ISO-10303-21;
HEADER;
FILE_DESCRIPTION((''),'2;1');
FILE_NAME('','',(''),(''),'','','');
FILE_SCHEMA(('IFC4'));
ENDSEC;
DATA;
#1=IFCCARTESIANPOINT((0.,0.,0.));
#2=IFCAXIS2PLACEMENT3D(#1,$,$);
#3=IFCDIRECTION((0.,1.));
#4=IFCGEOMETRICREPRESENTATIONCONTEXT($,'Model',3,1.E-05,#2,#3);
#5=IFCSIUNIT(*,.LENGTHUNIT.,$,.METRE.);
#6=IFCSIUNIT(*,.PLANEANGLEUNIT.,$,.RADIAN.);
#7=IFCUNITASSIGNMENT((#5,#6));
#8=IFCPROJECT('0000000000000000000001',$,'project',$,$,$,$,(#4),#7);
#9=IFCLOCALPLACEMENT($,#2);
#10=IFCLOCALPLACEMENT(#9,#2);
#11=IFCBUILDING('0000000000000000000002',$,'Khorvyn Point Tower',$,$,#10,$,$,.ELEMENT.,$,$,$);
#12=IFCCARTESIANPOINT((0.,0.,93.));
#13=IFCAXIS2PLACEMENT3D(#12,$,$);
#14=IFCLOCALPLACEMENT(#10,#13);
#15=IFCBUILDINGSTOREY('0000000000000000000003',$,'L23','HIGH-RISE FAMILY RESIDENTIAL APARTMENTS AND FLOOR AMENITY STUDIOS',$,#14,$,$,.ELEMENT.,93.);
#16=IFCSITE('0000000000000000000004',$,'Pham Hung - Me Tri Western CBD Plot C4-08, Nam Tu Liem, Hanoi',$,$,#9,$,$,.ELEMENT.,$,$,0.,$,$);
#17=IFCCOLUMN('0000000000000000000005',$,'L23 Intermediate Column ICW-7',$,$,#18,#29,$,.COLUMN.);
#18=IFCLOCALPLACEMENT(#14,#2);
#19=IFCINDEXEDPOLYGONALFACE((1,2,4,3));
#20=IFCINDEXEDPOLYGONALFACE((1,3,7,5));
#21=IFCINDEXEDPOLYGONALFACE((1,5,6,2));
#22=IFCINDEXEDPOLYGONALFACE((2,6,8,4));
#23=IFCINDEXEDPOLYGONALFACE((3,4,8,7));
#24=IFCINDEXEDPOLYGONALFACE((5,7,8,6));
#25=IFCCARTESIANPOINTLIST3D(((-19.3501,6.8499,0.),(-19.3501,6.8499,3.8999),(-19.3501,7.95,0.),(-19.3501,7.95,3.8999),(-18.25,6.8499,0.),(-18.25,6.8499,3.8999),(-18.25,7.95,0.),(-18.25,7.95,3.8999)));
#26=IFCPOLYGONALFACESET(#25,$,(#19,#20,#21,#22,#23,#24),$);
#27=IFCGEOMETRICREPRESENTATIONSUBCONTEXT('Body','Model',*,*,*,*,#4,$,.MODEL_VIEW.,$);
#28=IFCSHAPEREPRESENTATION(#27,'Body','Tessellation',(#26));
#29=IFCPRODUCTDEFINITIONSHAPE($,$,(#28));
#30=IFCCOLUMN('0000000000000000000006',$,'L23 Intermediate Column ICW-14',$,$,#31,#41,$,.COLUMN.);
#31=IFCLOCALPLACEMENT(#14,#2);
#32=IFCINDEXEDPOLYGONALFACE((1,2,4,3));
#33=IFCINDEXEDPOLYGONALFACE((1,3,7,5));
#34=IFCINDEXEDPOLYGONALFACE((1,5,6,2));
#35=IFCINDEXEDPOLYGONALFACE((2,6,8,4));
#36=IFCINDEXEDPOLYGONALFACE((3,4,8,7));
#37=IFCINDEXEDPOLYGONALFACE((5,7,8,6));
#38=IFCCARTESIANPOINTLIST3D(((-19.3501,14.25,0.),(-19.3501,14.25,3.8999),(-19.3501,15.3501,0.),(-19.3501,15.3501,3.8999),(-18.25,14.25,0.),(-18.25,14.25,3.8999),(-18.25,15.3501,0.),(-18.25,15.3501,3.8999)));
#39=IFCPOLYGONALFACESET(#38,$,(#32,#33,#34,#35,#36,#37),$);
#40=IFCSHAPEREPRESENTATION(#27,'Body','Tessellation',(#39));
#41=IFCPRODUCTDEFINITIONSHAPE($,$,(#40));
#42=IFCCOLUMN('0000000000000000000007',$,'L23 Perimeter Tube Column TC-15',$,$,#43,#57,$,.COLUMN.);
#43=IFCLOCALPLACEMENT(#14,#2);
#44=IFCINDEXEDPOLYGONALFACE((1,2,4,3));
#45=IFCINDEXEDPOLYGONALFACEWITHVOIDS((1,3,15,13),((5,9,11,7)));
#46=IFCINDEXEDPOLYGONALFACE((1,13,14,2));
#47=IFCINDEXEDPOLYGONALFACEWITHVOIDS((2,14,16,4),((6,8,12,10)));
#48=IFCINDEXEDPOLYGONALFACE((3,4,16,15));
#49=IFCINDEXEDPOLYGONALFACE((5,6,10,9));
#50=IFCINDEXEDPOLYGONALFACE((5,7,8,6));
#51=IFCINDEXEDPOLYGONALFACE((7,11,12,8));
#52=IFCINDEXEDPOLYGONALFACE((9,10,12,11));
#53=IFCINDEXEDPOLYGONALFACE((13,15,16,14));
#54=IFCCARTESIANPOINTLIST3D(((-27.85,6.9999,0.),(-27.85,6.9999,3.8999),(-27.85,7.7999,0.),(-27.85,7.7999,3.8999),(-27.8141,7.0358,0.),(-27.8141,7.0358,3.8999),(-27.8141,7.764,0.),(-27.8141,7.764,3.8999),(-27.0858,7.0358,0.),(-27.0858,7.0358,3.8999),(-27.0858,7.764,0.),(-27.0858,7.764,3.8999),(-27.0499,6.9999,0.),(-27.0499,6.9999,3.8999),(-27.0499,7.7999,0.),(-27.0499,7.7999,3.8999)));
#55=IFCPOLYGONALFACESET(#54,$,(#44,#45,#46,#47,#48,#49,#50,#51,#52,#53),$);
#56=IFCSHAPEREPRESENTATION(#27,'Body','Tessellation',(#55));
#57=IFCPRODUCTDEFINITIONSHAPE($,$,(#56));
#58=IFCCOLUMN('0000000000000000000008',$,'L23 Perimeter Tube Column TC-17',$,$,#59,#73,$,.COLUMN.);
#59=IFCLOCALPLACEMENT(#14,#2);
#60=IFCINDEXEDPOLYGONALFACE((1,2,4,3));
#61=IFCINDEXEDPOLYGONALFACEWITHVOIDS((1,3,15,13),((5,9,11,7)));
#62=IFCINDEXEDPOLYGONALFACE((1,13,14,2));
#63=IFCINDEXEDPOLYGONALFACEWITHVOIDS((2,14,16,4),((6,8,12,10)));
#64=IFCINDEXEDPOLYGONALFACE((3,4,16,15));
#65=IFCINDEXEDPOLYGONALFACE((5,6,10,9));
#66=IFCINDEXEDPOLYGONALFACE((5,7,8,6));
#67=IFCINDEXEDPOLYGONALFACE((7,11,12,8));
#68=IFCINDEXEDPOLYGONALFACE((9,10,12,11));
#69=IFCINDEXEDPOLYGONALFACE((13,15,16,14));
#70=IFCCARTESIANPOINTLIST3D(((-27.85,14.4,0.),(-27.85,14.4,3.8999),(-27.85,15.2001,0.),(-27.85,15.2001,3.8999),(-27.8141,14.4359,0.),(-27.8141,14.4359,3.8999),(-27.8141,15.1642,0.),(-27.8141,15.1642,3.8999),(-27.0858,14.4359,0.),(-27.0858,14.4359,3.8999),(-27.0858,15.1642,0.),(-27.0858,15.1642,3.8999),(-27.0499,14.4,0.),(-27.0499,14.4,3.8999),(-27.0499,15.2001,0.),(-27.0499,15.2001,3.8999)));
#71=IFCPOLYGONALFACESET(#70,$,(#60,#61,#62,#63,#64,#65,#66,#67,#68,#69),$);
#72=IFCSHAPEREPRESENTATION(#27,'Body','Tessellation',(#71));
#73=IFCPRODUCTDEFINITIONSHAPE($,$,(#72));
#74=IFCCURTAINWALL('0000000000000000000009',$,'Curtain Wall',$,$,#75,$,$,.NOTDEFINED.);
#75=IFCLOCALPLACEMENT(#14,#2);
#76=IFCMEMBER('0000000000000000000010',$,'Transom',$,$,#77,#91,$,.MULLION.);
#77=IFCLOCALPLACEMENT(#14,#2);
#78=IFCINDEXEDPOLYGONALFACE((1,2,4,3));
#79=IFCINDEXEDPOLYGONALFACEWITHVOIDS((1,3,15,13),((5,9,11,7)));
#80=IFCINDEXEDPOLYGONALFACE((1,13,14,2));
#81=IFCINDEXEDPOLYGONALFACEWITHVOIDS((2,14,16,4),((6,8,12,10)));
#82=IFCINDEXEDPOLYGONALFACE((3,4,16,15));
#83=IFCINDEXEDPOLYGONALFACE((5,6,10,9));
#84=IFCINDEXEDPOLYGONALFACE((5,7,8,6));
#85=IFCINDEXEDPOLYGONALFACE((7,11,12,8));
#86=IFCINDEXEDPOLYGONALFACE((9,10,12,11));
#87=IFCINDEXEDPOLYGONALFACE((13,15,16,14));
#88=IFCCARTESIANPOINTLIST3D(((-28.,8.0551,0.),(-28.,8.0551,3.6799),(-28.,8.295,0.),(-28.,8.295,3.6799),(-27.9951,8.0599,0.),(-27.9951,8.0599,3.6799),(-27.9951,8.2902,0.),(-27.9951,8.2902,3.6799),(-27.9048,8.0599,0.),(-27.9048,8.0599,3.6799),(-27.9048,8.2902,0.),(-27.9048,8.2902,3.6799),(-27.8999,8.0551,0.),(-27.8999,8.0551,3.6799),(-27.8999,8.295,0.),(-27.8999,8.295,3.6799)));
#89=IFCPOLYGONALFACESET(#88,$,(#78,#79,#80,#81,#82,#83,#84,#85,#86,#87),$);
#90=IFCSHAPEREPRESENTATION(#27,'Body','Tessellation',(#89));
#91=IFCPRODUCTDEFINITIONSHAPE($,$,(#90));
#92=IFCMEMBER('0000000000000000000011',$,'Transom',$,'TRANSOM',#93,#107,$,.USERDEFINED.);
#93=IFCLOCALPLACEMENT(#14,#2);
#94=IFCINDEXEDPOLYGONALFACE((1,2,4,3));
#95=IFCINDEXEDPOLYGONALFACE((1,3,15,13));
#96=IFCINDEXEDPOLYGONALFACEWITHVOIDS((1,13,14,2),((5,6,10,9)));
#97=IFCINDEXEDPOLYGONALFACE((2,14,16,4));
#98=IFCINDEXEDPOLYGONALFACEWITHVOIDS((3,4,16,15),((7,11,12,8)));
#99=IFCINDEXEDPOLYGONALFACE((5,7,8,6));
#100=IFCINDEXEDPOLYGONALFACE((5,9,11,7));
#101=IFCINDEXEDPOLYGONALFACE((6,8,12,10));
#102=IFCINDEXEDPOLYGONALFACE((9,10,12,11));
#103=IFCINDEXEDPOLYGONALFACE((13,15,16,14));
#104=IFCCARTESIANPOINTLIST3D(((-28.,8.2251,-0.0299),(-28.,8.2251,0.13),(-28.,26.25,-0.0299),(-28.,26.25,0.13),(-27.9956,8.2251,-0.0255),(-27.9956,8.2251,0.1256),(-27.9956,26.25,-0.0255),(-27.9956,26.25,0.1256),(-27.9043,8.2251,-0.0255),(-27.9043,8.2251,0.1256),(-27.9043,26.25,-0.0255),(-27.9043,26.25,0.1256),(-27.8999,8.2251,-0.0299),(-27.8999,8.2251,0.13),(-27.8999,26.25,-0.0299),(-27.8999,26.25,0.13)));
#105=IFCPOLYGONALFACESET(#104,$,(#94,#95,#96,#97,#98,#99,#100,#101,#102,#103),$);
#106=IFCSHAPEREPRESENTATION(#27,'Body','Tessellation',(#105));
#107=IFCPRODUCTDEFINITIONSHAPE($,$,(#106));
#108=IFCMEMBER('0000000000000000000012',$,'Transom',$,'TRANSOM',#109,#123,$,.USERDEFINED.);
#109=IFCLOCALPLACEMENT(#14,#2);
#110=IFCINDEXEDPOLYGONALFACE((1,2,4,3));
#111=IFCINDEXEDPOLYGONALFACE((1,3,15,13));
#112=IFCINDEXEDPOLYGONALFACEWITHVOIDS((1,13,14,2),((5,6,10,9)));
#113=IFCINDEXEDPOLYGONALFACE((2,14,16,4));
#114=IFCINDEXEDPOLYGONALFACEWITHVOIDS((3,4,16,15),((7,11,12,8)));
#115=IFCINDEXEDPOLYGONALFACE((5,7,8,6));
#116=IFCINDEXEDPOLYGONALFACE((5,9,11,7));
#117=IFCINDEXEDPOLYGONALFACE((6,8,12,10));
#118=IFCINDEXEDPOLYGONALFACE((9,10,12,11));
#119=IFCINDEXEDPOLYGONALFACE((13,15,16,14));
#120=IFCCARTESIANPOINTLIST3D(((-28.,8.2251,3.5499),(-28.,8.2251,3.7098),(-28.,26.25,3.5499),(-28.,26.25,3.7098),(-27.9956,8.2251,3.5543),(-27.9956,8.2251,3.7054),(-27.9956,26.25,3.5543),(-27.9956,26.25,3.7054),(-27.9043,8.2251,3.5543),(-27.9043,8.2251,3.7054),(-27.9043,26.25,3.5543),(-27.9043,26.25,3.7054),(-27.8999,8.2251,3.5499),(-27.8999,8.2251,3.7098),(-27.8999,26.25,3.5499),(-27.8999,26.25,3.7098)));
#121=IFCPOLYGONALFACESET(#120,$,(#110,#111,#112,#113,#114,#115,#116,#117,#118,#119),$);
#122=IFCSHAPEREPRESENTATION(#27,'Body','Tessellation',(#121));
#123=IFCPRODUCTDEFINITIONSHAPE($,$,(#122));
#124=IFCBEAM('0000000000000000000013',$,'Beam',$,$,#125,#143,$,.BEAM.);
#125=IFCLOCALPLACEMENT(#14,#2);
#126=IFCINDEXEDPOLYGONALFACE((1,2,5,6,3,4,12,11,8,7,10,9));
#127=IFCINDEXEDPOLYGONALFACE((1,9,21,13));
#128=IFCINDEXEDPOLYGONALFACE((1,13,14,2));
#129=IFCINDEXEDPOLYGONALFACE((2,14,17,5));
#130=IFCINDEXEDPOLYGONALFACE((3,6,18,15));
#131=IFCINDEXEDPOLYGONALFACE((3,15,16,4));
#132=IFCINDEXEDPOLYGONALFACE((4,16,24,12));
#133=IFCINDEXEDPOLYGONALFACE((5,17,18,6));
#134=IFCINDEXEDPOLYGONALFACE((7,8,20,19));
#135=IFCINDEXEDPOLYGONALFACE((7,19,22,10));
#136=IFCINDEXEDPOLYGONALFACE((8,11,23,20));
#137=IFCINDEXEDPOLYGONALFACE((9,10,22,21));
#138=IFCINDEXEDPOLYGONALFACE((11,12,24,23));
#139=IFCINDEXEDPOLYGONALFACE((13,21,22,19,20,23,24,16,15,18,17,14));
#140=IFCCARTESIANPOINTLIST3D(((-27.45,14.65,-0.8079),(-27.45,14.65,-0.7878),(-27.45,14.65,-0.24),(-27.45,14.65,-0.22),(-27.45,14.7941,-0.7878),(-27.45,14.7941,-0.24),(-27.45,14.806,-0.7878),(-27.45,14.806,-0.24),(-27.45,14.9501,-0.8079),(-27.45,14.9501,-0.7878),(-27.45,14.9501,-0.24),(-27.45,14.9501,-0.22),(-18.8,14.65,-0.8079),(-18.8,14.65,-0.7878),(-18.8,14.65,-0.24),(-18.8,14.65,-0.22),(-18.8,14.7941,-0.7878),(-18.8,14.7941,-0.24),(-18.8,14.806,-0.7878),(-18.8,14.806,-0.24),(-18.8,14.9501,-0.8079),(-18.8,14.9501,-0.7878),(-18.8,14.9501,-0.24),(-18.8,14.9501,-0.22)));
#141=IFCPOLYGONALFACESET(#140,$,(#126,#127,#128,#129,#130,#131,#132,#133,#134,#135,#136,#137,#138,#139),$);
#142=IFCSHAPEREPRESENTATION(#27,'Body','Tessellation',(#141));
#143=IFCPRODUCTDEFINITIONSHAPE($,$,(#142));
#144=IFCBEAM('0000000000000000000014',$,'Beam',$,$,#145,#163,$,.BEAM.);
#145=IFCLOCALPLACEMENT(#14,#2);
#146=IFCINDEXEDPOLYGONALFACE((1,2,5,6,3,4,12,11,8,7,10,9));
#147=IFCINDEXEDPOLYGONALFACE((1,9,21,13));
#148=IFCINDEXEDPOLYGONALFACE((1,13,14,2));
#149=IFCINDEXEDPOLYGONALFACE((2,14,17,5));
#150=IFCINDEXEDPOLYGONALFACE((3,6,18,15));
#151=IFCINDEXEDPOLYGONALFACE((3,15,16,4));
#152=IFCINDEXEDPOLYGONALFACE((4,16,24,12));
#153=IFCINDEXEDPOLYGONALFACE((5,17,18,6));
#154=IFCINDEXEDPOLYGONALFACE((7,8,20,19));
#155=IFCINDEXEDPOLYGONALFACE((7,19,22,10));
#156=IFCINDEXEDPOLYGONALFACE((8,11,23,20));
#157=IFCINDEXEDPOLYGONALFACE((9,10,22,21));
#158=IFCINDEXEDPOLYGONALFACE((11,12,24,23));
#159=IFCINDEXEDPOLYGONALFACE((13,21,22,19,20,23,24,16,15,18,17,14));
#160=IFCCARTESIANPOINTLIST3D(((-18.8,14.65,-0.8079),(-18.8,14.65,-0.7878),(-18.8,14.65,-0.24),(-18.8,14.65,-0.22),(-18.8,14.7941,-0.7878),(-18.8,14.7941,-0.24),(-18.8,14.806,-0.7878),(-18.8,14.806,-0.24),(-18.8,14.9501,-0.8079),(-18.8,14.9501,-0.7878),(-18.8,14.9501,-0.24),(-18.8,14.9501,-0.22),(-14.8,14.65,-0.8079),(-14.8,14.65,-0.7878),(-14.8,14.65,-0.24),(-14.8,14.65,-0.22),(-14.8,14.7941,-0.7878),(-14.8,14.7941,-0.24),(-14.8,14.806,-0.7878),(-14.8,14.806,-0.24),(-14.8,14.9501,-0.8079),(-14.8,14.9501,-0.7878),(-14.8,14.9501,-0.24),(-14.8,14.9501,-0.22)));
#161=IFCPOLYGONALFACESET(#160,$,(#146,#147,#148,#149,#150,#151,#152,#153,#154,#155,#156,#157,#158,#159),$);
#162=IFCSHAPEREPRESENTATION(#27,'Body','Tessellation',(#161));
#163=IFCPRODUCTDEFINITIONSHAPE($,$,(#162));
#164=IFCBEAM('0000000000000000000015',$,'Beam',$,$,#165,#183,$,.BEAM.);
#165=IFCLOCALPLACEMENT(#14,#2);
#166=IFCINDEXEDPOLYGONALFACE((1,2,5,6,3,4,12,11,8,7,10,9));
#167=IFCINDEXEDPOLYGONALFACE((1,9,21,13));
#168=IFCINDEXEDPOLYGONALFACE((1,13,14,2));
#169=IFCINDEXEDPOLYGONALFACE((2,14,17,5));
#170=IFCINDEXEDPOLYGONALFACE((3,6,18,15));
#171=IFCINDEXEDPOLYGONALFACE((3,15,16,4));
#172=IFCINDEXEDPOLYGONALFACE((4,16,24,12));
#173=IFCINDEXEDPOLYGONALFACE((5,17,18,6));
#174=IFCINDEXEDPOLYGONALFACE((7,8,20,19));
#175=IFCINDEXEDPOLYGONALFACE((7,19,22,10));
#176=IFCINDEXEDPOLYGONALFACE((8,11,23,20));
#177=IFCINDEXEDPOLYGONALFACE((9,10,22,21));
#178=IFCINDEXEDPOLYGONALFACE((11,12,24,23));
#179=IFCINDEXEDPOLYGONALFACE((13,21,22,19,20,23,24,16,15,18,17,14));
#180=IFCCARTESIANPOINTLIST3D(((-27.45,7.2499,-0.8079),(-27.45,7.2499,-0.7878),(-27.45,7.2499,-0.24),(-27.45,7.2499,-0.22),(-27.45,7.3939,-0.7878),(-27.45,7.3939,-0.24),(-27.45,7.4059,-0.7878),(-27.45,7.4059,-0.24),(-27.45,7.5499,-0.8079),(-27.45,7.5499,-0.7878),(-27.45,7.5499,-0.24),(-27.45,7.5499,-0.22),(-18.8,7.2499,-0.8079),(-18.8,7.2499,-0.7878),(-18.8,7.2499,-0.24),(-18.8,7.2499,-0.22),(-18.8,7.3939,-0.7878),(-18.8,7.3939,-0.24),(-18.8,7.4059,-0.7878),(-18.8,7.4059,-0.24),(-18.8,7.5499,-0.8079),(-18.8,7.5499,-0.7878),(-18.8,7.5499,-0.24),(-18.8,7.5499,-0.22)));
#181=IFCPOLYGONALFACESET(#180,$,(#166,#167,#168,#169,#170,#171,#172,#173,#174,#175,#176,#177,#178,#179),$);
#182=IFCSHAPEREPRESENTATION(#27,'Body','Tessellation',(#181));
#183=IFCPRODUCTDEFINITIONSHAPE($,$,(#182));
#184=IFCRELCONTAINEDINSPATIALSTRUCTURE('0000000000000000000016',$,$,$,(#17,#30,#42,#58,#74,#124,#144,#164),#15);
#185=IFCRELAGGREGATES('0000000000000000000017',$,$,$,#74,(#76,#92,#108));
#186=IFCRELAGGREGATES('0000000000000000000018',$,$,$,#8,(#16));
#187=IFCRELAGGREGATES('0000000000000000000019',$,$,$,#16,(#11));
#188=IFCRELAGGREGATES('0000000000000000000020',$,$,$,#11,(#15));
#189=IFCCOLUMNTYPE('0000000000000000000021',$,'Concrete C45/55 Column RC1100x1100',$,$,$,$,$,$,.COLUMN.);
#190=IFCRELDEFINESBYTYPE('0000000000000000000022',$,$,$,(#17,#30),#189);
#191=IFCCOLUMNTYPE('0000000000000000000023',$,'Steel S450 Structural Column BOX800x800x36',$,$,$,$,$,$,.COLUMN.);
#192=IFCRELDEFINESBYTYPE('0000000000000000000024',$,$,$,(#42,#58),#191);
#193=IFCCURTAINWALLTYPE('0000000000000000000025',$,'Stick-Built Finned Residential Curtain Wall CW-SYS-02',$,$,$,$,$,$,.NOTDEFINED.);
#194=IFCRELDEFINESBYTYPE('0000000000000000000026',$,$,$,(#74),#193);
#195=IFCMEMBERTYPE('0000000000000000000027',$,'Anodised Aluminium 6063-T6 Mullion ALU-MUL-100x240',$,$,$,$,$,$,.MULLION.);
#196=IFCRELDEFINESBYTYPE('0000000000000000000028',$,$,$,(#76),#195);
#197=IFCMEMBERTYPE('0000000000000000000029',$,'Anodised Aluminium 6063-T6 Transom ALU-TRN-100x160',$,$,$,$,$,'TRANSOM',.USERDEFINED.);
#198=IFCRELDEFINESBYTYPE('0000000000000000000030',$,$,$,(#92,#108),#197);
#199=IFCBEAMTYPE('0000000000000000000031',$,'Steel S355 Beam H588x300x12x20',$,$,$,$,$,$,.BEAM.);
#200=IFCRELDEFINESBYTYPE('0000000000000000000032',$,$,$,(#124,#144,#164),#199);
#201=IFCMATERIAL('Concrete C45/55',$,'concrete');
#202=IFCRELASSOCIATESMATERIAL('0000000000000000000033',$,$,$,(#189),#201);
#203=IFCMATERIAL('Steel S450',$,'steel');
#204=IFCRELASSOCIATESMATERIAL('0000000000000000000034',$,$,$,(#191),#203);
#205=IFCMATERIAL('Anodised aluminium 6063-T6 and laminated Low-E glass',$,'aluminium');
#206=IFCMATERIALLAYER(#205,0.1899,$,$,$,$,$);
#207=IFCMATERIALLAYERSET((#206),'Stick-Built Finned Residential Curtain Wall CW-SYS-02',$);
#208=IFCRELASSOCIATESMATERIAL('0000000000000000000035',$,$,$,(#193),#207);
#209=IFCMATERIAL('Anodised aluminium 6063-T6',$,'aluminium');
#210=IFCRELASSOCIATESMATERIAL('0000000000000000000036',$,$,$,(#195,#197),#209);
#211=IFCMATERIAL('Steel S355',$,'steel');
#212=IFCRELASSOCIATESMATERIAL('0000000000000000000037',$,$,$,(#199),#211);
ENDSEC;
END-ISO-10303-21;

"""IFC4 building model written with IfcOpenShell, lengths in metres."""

from ifc_helpers import new_model, si_unit, direction, frame, origin, origin_2d, place, context, subcontext, project, spatial, rectangle, hollow_rectangle, i_section, extrude, material, layer, layer_set, material_profile, profile_set, type_object, element, aggregate, save


model = new_model("IFC4")

# Units and contexts
model_context = context("Model", 3, precision=1e-05, world=origin(), true_north=direction((0.0, 1.0)))
body_context = subcontext(model_context, "Body", "Model", "MODEL_VIEW")
ifc_project = project(units=[si_unit("LENGTHUNIT", "METRE"), si_unit("PLANEANGLEUNIT", "RADIAN")], contexts=[model_context])

# Site, building, storey
site_placement = place(None, origin())
site = spatial("IfcSite", under=ifc_project, at=site_placement, Name="Pham Hung - Me Tri Western CBD Plot C4-08, Nam Tu Liem, Hanoi", CompositionType="ELEMENT", RefElevation=0.0)
building_placement = place(site_placement, origin())
building = spatial("IfcBuilding", under=site, at=building_placement, Name="Khorvyn Point Tower", CompositionType="ELEMENT")
storey_placement = place(building_placement, frame((0.0, 0.0, 93.0)))
storey = spatial("IfcBuildingStorey", under=building, at=storey_placement, Name="L23", Description="HIGH-RISE FAMILY RESIDENTIAL APARTMENTS AND FLOOR AMENITY STUDIOS", CompositionType="ELEMENT", Elevation=93.0)

# Columns
ifc_material_1 = material(Name="Concrete C45/55", Category="concrete")
ifc_material_profile_1 = material_profile(ifc_material_1, rectangle(XDim=1.1001, YDim=1.1001, at=origin_2d()))
ifc_profile_set_1 = profile_set([ifc_material_profile_1], Name="Concrete C45/55 RC1100x1100")
column_type_1 = type_object("IfcColumnType", Name="Concrete C45/55 Column RC1100x1100", PredefinedType="COLUMN", material=ifc_profile_set_1)
for number, where, z_axis, x_axis, name in (
    (1, (-18.8, 7.3999, 0.0), (0.0, 0.0, 1.0), (1.0, 0.0, 0.0), "L23 Intermediate Column ICW-7"),
    (2, (-18.8, 14.8, 0.0), (0.0, 0.0, 1.0), (1.0, 0.0, 0.0), "L23 Intermediate Column ICW-14"),
):
    element("IfcColumn", number, at=place(storey_placement, frame(where, z_axis=z_axis, x_axis=x_axis)), inside=storey, type_object=column_type_1, Name=name, PredefinedType="COLUMN", context=body_context, shape_type="SweptSolid", body=[
        extrude(rectangle(XDim=1.1001, YDim=1.1001, at=origin_2d()), origin(), (0.0, 0.0, 1.0), 3.8999),
    ])
ifc_material_2 = material(Name="Steel S450", Category="steel")
ifc_material_profile_2 = material_profile(ifc_material_2, hollow_rectangle(XDim=0.8, YDim=0.8, WallThickness=0.0359, at=origin_2d()))
ifc_profile_set_2 = profile_set([ifc_material_profile_2], Name="Steel S450 BOX800x800x36")
column_type_2 = type_object("IfcColumnType", Name="Steel S450 Structural Column BOX800x800x36", PredefinedType="COLUMN", material=ifc_profile_set_2)
for number, where, z_axis, x_axis, name in (
    (3, (-27.45, 7.3999, 0.0), (0.0, 0.0, 1.0), (1.0, 0.0, 0.0), "L23 Perimeter Tube Column TC-15"),
    (4, (-27.45, 14.8, 0.0), (0.0, 0.0, 1.0), (1.0, 0.0, 0.0), "L23 Perimeter Tube Column TC-17"),
):
    element("IfcColumn", number, at=place(storey_placement, frame(where, z_axis=z_axis, x_axis=x_axis)), inside=storey, type_object=column_type_2, Name=name, PredefinedType="COLUMN", context=body_context, shape_type="SweptSolid", body=[
        extrude(hollow_rectangle(XDim=0.8, YDim=0.8, WallThickness=0.0359, at=origin_2d()), origin(), (0.0, 0.0, 1.0), 3.8999),
    ])

# Curtain wall, members
ifc_material_3 = material(Name="Anodised aluminium 6063-T6 and laminated Low-E glass", Category="aluminium")
ifc_layer_1 = layer(ifc_material_3, 0.1899)
ifc_layer_set_1 = layer_set([ifc_layer_1], Name="Stick-Built Finned Residential Curtain Wall CW-SYS-02")
curtain_wall_type = type_object("IfcCurtainWallType", Name="Stick-Built Finned Residential Curtain Wall CW-SYS-02", PredefinedType="NOTDEFINED", material=ifc_layer_set_1)
curtain_wall_placement = place(storey_placement, origin())
curtain_wall = element("IfcCurtainWall", 5, at=curtain_wall_placement, inside=storey, type_object=curtain_wall_type, Name="Curtain Wall", PredefinedType="NOTDEFINED")
ifc_material_4 = material(Name="Anodised aluminium 6063-T6", Category="aluminium")
ifc_material_profile_3 = material_profile(ifc_material_4, hollow_rectangle(XDim=0.1001, YDim=0.24, WallThickness=0.0049, at=origin_2d()))
ifc_profile_set_3 = profile_set([ifc_material_profile_3], Name="Anodised aluminium 6063-T6 ALU-MUL-100x240")
member_type_1 = type_object("IfcMemberType", Name="Anodised Aluminium 6063-T6 Mullion ALU-MUL-100x240", PredefinedType="MULLION", material=ifc_profile_set_3)
member_1_placement = place(storey_placement, frame((-27.95, 8.175, 0.0), z_axis=(0.0, 0.0, 1.0), x_axis=(-1.0, 0.0, 0.0)))
member_1 = element("IfcMember", 6, at=member_1_placement, type_object=member_type_1, Name="Transom", PredefinedType="MULLION", context=body_context, shape_type="SweptSolid", body=[
    extrude(hollow_rectangle(XDim=0.1001, YDim=0.24, WallThickness=0.0049, at=origin_2d()), origin(), (0.0, 0.0, 1.0), 3.6799),
])
ifc_material_profile_4 = material_profile(ifc_material_4, hollow_rectangle(XDim=0.1001, YDim=0.1599, WallThickness=0.0044, at=origin_2d()))
ifc_profile_set_4 = profile_set([ifc_material_profile_4], Name="Anodised aluminium 6063-T6 ALU-TRN-100x160")
member_type_2 = type_object("IfcMemberType", Name="Anodised Aluminium 6063-T6 Transom ALU-TRN-100x160", ElementType="TRANSOM", PredefinedType="USERDEFINED", material=ifc_profile_set_4)
member_2_placement = place(storey_placement, frame((-27.95, 8.2251, 0.05), z_axis=(0.0, 1.0, 0.0), x_axis=(-1.0, 0.0, 0.0)))
member_2 = element("IfcMember", 7, at=member_2_placement, type_object=member_type_2, Name="Transom", ObjectType="TRANSOM", PredefinedType="USERDEFINED", context=body_context, shape_type="SweptSolid", body=[
    extrude(hollow_rectangle(XDim=0.1001, YDim=0.1599, WallThickness=0.0044, at=origin_2d()), origin(), (0.0, 0.0, 1.0), 18.0249),
])
member_3_placement = place(storey_placement, frame((-27.95, 8.2251, 3.6299), z_axis=(0.0, 1.0, 0.0), x_axis=(-1.0, 0.0, 0.0)))
member_3 = element("IfcMember", 8, at=member_3_placement, type_object=member_type_2, Name="Transom", ObjectType="TRANSOM", PredefinedType="USERDEFINED", context=body_context, shape_type="SweptSolid", body=[
    extrude(hollow_rectangle(XDim=0.1001, YDim=0.1599, WallThickness=0.0044, at=origin_2d()), origin(), (0.0, 0.0, 1.0), 18.0249),
])

# Beams
ifc_material_5 = material(Name="Steel S355", Category="steel")
ifc_material_profile_5 = material_profile(ifc_material_5, i_section(OverallWidth=0.3, OverallDepth=0.5879, WebThickness=0.012, FlangeThickness=0.02, at=origin_2d()))
ifc_profile_set_5 = profile_set([ifc_material_profile_5], Name="Steel S355 H588x300x12x20")
beam_type_1 = type_object("IfcBeamType", Name="Steel S355 Beam H588x300x12x20", PredefinedType="BEAM", material=ifc_profile_set_5)
beam_1_placement = place(storey_placement, frame((-27.45, 14.8, -0.5139), z_axis=(1.0, 0.0, 0.0), x_axis=(0.0, 1.0, 0.0)))
element("IfcBeam", 9, at=beam_1_placement, inside=storey, type_object=beam_type_1, Name="Beam", PredefinedType="BEAM", context=body_context, shape_type="SweptSolid", body=[
    extrude(i_section(OverallWidth=0.3, OverallDepth=0.5879, WebThickness=0.012, FlangeThickness=0.02, at=origin_2d()), origin(), (0.0, 0.0, 1.0), 8.6499),
])
beam_2_placement = place(storey_placement, frame((-18.8, 14.8, -0.5139), z_axis=(1.0, 0.0, 0.0), x_axis=(0.0, 1.0, 0.0)))
element("IfcBeam", 10, at=beam_2_placement, inside=storey, type_object=beam_type_1, Name="Beam", PredefinedType="BEAM", context=body_context, shape_type="SweptSolid", body=[
    extrude(i_section(OverallWidth=0.3, OverallDepth=0.5879, WebThickness=0.012, FlangeThickness=0.02, at=origin_2d()), origin(), (0.0, 0.0, 1.0), 4.0),
])
beam_3_placement = place(storey_placement, frame((-27.45, 7.3999, -0.5139), z_axis=(1.0, 0.0, 0.0), x_axis=(0.0, 1.0, 0.0)))
element("IfcBeam", 11, at=beam_3_placement, inside=storey, type_object=beam_type_1, Name="Beam", PredefinedType="BEAM", context=body_context, shape_type="SweptSolid", body=[
    extrude(i_section(OverallWidth=0.3, OverallDepth=0.5879, WebThickness=0.012, FlangeThickness=0.02, at=origin_2d()), origin(), (0.0, 0.0, 1.0), 8.6499),
])

aggregate(curtain_wall, [member_1, member_2, member_3])

save(model, "model.ifc")
